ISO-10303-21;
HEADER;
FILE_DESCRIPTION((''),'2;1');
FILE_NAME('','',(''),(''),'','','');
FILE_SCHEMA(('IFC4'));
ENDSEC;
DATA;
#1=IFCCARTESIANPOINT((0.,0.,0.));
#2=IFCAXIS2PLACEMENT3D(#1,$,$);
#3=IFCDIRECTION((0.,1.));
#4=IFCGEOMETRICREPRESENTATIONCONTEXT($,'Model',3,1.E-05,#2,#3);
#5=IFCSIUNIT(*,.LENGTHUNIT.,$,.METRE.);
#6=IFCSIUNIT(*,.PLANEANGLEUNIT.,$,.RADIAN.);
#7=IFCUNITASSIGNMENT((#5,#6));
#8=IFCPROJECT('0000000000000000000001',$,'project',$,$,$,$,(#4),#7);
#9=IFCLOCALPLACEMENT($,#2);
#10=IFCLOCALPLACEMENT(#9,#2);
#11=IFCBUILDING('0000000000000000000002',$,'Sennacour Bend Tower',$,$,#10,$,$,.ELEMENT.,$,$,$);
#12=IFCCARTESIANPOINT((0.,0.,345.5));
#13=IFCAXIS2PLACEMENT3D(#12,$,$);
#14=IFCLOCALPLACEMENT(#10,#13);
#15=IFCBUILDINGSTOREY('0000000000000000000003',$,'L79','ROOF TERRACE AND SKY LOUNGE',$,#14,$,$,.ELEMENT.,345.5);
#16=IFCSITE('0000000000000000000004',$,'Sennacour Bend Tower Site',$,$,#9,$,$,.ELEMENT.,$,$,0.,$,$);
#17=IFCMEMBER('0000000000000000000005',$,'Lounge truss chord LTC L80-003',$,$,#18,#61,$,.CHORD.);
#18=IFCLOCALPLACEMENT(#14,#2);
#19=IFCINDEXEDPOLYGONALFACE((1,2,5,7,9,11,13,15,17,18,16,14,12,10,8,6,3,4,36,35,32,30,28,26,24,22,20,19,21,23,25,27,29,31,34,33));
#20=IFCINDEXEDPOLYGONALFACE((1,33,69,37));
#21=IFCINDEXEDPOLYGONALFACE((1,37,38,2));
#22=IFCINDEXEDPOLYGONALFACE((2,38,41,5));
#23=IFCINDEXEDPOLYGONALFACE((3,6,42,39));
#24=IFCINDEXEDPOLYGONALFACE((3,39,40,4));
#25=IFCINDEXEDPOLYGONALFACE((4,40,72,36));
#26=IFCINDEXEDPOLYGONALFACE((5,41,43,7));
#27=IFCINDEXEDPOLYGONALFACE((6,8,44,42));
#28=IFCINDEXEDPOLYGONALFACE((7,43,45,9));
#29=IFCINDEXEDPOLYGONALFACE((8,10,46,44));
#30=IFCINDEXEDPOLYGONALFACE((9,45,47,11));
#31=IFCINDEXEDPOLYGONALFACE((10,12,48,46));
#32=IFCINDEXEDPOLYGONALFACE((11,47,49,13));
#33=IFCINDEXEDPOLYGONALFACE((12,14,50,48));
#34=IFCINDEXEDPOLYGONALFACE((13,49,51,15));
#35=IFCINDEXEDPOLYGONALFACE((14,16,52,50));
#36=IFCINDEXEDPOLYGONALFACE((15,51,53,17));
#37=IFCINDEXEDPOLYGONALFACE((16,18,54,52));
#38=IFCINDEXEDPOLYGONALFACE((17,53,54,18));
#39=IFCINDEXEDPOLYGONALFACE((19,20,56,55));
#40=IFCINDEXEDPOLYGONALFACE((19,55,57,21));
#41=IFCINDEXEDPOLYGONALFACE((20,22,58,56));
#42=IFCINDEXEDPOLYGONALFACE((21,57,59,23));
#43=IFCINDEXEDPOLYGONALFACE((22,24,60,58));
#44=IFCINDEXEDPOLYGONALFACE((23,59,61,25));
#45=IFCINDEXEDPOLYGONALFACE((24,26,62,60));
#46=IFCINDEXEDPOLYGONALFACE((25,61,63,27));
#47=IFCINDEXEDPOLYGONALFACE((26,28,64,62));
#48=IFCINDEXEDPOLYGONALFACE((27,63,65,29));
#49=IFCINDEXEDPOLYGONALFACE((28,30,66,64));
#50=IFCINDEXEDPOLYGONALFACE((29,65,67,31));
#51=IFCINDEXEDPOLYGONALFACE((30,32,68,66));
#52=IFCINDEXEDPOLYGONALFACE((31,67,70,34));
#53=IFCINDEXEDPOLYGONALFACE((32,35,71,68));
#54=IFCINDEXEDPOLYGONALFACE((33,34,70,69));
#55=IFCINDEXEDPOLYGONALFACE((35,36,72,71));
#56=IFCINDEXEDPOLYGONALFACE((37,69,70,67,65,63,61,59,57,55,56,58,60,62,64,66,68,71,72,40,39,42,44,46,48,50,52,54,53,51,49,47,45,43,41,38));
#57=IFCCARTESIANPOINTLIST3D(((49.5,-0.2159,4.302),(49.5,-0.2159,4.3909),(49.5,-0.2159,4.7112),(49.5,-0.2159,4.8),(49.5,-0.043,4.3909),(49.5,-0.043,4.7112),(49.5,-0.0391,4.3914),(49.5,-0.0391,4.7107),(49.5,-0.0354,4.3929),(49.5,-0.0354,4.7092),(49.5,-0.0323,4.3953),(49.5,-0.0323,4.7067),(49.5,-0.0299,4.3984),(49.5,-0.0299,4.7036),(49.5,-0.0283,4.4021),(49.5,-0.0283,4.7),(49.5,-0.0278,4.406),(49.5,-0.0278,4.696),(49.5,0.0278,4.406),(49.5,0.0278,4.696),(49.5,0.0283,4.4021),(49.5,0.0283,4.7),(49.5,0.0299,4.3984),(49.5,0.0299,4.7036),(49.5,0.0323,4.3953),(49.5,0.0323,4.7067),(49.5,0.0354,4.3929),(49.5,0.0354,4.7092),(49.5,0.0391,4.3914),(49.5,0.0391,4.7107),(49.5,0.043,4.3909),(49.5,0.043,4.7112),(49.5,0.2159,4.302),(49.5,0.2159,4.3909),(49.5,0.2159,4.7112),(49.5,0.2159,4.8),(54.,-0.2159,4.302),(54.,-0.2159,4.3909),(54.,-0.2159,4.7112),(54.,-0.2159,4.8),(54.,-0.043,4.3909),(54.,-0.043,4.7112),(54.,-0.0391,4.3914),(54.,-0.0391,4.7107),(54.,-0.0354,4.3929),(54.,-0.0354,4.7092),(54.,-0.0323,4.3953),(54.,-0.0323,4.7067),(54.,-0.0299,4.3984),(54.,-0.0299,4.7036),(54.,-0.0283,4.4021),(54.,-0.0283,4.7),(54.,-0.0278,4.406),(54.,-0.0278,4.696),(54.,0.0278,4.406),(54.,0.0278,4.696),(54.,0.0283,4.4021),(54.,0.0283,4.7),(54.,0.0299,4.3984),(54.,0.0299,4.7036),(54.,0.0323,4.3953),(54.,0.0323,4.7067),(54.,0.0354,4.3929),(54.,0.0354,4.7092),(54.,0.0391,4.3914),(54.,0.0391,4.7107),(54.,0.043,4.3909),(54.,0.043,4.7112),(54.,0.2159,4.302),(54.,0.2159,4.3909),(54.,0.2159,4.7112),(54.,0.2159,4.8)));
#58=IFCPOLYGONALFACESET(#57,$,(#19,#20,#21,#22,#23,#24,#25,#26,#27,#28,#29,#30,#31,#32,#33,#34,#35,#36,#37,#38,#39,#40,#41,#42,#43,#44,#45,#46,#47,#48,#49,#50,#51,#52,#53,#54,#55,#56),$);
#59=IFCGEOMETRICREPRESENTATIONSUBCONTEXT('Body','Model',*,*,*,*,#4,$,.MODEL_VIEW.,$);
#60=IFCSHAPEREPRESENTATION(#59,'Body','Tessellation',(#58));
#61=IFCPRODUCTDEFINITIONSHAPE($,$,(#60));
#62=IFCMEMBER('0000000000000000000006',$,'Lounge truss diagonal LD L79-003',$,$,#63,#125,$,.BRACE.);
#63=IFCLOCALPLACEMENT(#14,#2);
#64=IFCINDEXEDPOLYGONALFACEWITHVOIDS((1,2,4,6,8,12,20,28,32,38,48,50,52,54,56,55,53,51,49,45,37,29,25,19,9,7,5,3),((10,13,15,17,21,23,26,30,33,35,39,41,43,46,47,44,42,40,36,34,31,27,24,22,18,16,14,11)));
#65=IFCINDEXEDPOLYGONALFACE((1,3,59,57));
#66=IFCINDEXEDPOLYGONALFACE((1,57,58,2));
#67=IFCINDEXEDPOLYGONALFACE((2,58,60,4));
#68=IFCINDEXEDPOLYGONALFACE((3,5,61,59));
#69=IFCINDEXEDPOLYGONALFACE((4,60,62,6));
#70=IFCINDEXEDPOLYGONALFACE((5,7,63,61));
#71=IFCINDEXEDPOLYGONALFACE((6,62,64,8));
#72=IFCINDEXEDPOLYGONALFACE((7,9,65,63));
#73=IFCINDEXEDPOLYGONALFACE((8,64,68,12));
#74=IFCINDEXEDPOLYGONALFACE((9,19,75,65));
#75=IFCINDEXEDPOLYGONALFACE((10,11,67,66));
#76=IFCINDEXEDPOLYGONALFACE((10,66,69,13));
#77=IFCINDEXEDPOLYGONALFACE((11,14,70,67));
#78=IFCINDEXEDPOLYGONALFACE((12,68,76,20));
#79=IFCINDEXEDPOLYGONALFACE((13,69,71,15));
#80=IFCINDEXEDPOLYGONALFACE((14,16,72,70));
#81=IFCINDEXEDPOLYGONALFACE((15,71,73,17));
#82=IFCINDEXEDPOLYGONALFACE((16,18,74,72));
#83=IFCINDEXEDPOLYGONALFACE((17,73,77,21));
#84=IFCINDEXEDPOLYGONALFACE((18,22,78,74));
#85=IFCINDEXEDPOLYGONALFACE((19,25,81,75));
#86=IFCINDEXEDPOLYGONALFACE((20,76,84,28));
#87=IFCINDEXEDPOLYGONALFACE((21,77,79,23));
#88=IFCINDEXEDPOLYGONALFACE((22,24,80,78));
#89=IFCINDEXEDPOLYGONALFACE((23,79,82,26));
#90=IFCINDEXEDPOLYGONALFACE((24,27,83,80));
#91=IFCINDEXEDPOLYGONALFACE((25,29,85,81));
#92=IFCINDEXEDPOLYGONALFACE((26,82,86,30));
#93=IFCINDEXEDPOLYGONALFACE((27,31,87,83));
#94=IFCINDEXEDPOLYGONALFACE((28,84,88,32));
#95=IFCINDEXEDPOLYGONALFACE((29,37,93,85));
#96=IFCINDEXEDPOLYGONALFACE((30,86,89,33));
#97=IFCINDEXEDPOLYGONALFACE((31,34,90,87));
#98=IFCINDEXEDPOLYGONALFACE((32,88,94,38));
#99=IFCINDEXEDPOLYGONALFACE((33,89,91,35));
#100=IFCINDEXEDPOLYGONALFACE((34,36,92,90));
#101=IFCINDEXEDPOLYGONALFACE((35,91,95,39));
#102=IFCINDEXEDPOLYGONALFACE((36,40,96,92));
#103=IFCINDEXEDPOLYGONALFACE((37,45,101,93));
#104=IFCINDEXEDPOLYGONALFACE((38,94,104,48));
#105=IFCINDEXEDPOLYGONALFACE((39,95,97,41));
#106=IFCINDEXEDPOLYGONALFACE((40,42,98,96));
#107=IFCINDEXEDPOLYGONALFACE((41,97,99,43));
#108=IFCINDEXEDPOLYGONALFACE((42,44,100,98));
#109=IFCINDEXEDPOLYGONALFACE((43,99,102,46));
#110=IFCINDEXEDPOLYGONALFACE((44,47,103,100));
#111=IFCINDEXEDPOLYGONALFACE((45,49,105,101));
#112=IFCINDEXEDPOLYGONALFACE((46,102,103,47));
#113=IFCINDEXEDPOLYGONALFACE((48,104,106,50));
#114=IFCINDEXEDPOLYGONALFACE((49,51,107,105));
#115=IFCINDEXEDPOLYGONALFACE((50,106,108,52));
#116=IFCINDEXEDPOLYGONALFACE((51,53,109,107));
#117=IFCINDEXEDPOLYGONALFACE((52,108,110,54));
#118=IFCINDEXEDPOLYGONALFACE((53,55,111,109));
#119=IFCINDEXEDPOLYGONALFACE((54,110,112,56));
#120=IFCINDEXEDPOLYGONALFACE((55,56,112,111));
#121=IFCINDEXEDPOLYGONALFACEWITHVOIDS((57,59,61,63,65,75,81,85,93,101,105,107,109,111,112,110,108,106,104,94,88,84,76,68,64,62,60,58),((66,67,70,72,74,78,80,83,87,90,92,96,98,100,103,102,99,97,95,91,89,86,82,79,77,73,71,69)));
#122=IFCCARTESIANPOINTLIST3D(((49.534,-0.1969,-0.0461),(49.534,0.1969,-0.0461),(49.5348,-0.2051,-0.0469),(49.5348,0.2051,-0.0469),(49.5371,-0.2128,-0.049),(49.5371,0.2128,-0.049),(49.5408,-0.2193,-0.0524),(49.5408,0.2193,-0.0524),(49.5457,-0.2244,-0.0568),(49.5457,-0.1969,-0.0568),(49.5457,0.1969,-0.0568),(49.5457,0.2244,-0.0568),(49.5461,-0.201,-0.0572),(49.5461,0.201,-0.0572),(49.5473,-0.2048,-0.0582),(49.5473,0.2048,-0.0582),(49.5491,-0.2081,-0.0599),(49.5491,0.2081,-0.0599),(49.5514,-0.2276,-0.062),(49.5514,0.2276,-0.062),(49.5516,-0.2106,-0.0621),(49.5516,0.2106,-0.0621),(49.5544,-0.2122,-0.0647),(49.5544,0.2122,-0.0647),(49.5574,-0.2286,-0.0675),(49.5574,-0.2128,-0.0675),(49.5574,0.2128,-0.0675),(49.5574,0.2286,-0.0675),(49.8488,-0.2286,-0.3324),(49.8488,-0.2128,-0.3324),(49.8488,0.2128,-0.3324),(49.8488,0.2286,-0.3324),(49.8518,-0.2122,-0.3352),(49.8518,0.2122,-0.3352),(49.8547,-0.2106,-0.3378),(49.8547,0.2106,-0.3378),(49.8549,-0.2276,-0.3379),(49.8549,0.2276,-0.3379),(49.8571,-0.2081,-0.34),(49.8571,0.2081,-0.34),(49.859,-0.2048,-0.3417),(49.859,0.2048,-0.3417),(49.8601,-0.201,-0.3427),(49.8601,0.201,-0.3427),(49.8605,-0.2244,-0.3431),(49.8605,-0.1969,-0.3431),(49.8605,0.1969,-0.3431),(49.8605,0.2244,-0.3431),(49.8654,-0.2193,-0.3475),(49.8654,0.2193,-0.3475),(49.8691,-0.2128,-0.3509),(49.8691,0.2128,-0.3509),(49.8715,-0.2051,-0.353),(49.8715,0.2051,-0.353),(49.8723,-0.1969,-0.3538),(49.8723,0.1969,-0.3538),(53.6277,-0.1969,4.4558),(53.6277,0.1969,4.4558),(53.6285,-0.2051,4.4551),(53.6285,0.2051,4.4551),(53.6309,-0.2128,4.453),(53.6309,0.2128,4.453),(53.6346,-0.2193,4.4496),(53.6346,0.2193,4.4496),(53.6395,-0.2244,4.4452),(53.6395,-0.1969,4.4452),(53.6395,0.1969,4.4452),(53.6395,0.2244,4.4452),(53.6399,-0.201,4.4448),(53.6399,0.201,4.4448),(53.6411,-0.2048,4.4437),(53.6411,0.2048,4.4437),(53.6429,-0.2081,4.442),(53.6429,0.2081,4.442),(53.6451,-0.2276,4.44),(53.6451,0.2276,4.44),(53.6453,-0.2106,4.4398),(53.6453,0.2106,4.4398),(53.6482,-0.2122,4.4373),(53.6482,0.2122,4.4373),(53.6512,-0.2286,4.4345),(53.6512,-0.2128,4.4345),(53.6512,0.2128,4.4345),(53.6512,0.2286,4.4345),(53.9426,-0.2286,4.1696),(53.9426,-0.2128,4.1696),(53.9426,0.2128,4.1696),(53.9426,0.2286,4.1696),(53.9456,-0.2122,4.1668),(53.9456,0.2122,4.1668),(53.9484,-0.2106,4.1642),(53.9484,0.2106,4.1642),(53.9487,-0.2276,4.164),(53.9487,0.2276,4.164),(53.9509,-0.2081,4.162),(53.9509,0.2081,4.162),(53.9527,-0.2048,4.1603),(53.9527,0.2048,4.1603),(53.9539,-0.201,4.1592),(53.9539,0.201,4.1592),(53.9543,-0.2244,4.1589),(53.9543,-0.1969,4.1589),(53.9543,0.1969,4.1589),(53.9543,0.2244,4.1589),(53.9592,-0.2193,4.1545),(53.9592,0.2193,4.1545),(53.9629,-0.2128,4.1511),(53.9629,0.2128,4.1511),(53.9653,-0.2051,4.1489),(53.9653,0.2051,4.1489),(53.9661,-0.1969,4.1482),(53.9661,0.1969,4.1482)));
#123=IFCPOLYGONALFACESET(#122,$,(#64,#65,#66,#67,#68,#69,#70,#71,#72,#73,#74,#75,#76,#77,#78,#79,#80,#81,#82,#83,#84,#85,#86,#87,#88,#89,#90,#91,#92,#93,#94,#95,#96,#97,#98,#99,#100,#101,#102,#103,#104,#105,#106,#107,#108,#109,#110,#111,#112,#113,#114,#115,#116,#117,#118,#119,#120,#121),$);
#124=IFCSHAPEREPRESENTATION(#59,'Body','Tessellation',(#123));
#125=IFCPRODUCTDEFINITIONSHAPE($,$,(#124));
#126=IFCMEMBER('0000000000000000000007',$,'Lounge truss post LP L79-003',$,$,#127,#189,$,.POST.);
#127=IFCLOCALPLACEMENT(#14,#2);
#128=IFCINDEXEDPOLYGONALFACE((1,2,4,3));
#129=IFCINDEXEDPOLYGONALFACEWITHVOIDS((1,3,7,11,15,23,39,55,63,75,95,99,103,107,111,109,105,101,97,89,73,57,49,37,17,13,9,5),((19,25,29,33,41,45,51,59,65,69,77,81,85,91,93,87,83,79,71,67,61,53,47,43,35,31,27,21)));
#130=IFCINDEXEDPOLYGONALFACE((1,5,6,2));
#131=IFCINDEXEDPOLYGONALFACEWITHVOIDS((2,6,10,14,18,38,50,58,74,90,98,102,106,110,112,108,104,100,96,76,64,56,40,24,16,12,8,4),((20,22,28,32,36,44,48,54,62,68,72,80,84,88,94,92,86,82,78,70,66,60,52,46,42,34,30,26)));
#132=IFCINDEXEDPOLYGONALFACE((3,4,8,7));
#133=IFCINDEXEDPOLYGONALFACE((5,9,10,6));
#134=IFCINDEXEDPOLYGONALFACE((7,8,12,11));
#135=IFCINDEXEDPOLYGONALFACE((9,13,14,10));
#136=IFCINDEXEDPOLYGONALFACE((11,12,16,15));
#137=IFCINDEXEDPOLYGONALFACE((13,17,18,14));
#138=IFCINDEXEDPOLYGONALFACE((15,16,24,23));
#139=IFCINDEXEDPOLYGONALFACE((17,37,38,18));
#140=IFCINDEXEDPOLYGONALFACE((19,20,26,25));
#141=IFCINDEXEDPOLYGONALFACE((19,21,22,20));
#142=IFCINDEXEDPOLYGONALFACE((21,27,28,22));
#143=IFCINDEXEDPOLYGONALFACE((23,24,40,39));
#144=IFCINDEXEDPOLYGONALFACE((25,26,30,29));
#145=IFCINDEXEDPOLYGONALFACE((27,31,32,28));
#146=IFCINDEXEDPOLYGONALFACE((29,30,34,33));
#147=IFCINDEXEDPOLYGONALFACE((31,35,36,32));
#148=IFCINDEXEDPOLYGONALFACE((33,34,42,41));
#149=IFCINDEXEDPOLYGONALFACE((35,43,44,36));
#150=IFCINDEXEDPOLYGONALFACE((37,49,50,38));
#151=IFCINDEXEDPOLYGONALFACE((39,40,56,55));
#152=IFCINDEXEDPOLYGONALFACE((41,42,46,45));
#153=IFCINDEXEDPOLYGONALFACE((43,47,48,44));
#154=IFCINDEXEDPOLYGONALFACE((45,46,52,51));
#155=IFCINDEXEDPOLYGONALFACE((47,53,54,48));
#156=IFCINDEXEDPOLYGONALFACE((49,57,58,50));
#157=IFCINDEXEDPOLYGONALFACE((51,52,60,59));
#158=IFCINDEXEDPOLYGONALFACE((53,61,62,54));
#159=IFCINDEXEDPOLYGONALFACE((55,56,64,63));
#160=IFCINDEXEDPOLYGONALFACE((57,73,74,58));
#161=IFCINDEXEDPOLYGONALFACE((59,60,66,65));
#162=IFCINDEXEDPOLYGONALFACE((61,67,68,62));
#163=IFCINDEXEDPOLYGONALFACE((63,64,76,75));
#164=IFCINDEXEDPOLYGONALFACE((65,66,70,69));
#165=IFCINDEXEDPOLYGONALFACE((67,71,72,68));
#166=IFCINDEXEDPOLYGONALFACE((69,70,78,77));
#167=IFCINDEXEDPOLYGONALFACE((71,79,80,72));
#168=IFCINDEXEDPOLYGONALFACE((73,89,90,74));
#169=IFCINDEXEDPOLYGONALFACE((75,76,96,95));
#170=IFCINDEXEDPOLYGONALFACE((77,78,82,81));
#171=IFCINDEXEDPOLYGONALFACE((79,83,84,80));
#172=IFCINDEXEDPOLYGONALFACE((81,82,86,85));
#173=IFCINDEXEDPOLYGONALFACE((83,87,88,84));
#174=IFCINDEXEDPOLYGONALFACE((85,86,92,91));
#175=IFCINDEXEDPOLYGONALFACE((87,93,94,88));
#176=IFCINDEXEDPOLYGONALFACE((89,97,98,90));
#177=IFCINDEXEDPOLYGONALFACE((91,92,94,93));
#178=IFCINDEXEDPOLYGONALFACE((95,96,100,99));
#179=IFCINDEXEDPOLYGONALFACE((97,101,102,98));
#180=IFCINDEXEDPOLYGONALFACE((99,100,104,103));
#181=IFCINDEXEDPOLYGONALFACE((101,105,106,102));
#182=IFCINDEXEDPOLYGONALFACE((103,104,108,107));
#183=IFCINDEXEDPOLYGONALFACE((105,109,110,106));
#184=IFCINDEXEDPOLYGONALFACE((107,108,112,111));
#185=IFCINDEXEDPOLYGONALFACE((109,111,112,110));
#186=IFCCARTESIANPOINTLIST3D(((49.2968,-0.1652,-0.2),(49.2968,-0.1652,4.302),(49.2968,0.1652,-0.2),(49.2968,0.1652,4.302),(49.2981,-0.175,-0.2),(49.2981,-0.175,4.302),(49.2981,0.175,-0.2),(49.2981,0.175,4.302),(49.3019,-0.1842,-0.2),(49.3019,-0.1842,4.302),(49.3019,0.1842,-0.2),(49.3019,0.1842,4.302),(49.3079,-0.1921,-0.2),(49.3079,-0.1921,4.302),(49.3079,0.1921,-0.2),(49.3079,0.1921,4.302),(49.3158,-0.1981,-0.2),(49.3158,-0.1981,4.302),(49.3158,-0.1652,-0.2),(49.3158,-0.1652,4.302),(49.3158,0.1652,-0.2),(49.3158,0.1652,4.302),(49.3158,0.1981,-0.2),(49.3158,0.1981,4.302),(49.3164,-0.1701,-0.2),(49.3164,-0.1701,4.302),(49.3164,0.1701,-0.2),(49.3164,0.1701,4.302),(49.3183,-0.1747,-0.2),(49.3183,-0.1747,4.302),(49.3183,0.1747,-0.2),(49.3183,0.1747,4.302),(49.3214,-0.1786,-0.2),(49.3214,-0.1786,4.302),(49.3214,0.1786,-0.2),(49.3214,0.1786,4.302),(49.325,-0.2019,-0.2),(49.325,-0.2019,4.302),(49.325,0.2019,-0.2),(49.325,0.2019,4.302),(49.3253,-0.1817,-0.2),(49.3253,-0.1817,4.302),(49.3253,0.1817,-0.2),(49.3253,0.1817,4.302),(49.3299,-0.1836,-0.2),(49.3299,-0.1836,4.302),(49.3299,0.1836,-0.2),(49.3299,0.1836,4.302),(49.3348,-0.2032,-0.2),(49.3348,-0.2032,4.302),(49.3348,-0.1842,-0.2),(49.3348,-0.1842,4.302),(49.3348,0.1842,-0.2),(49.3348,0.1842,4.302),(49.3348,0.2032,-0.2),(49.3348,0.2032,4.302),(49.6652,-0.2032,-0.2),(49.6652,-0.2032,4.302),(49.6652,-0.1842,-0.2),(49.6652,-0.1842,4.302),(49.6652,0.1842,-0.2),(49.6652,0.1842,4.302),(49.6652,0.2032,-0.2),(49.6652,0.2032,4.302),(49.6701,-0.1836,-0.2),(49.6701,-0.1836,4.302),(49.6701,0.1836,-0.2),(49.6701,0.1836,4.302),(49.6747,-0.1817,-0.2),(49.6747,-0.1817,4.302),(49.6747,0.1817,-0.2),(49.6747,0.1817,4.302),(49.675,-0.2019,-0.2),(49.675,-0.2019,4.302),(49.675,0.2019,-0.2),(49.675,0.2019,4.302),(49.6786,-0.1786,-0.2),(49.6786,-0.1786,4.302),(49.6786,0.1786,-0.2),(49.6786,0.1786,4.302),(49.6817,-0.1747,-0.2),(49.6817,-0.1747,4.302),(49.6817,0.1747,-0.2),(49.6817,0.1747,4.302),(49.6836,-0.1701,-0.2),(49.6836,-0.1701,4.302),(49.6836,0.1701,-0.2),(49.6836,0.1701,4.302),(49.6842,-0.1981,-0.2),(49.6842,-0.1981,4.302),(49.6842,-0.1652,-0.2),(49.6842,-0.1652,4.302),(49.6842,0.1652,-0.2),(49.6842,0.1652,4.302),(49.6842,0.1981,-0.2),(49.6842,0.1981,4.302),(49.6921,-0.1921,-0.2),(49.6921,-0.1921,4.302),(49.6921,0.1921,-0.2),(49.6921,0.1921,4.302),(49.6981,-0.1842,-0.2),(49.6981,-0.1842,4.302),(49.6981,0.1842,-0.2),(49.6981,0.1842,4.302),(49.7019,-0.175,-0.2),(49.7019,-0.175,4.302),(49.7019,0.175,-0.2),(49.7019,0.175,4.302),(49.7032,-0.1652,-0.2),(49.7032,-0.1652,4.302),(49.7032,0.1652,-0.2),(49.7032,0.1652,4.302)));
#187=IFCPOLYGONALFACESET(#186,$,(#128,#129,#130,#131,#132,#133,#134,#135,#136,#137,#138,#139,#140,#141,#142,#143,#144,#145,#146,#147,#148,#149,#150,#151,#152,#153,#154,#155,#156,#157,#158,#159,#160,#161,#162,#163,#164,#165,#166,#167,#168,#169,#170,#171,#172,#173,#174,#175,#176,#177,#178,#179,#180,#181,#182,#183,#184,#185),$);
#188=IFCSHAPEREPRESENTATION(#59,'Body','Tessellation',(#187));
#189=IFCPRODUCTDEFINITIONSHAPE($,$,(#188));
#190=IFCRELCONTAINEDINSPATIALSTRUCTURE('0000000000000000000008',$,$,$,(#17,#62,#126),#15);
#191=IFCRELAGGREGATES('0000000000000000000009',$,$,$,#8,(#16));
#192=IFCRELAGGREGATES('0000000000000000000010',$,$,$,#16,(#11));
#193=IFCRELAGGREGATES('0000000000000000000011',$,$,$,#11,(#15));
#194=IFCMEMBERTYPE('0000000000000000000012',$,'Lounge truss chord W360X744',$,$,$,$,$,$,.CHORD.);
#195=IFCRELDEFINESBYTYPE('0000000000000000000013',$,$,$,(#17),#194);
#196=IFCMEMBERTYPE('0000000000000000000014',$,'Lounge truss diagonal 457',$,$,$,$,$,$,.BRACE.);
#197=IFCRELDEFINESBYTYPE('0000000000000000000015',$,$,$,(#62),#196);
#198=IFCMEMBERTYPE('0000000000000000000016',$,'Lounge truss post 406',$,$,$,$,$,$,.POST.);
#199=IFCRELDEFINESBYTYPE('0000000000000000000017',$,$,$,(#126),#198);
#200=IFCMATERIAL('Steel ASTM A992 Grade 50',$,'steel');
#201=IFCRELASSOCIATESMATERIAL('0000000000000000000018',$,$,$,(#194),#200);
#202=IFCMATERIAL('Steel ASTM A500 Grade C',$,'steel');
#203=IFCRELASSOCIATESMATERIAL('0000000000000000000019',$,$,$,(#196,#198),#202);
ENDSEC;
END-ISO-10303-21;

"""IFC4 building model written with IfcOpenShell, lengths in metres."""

from ifc_helpers import new_model, si_unit, direction, frame, origin, origin_2d, place, context, subcontext, project, spatial, hollow_rectangle, i_section, extrude, material, material_profile, profile_set, type_object, element, save


model = new_model("IFC4")

# Units and contexts
model_context = context("Model", 3, precision=1e-05, world=origin(), true_north=direction((0.0, 1.0)))
body_context = subcontext(model_context, "Body", "Model", "MODEL_VIEW")
ifc_project = project(units=[si_unit("LENGTHUNIT", "METRE"), si_unit("PLANEANGLEUNIT", "RADIAN")], contexts=[model_context])

# Site, building, storey
site_placement = place(None, origin())
site = spatial("IfcSite", under=ifc_project, at=site_placement, Name="Sennacour Bend Tower Site", CompositionType="ELEMENT", RefElevation=0.0)
building_placement = place(site_placement, origin())
building = spatial("IfcBuilding", under=site, at=building_placement, Name="Sennacour Bend Tower", CompositionType="ELEMENT")
storey_placement = place(building_placement, frame((0.0, 0.0, 345.5)))
storey = spatial("IfcBuildingStorey", under=building, at=storey_placement, Name="L79", Description="ROOF TERRACE AND SKY LOUNGE", CompositionType="ELEMENT", Elevation=345.5)

# Shared definitions
ifc_material_1 = material(Name="Steel ASTM A992 Grade 50", Category="steel")

# Members
ifc_material_profile_1 = material_profile(ifc_material_1, i_section(OverallWidth=0.4319, OverallDepth=0.498, WebThickness=0.0557, FlangeThickness=0.0889, FilletRadius=0.0151, at=origin_2d()), Name="Steel ASTM A992 Grade 50", Category="steel")
ifc_profile_set_1 = profile_set([ifc_material_profile_1], Name="Steel ASTM A992 Grade 50")
member_type_1 = type_object("IfcMemberType", Name="Lounge truss chord W360X744", PredefinedType="CHORD", material=ifc_profile_set_1)
member_1_placement = place(storey_placement, frame((49.5, 0.0, 4.551), z_axis=(1.0, 0.0, 0.0), x_axis=(0.0, 1.0, 0.0)))
element("IfcMember", 1, at=member_1_placement, inside=storey, type_object=member_type_1, Name="Lounge truss chord LTC L80-003", PredefinedType="CHORD", context=body_context, shape_type="SweptSolid", body=[
    extrude(i_section(OverallWidth=0.4319, OverallDepth=0.498, WebThickness=0.0557, FlangeThickness=0.0889, FilletRadius=0.0151, at=origin_2d()), origin(), (0.0, 0.0, 1.0), 4.5),
])
ifc_material_2 = material(Name="Steel ASTM A500 Grade C", Category="steel")
ifc_material_profile_2 = material_profile(ifc_material_2, hollow_rectangle(XDim=0.4573, YDim=0.4573, WallThickness=0.0159, InnerFilletRadius=0.0159, OuterFilletRadius=0.0317, at=origin_2d()), Name="Steel ASTM A500 Grade C", Category="steel")
ifc_profile_set_2 = profile_set([ifc_material_profile_2], Name="Steel ASTM A500 Grade C")
member_type_2 = type_object("IfcMemberType", Name="Lounge truss diagonal 457", PredefinedType="BRACE", material=ifc_profile_set_2)
member_2_placement = place(storey_placement, frame((49.7031, 0.0, -0.2), z_axis=(0.672769, 0.0, 0.739853), x_axis=(0.0, 1.0, 0.0)))
element("IfcMember", 2, at=member_2_placement, inside=storey, type_object=member_type_2, Name="Lounge truss diagonal LD L79-003", PredefinedType="BRACE", context=body_context, shape_type="SweptSolid", body=[
    extrude(hollow_rectangle(XDim=0.4573, YDim=0.4573, WallThickness=0.0159, InnerFilletRadius=0.0159, OuterFilletRadius=0.0317, at=origin_2d()), origin(), (0.0, 0.0, 1.0), 6.085),
])
ifc_material_profile_3 = material_profile(ifc_material_2, hollow_rectangle(XDim=0.4065, YDim=0.4065, WallThickness=0.019, InnerFilletRadius=0.019, OuterFilletRadius=0.0381, at=origin_2d()), Name="Steel ASTM A500 Grade C", Category="steel")
ifc_profile_set_3 = profile_set([ifc_material_profile_3], Name="Steel ASTM A500 Grade C")
member_type_3 = type_object("IfcMemberType", Name="Lounge truss post 406", PredefinedType="POST", material=ifc_profile_set_3)
member_3_placement = place(storey_placement, frame((49.5, 0.0, -0.2), z_axis=(0.0, 0.0, 1.0), x_axis=(1.0, 0.0, 0.0)))
element("IfcMember", 3, at=member_3_placement, inside=storey, type_object=member_type_3, Name="Lounge truss post LP L79-003", PredefinedType="POST", context=body_context, shape_type="SweptSolid", body=[
    extrude(hollow_rectangle(XDim=0.4065, YDim=0.4065, WallThickness=0.019, InnerFilletRadius=0.019, OuterFilletRadius=0.0381, at=origin_2d()), origin(), (0.0, 0.0, 1.0), 4.502),
])

save(model, "model.ifc")
